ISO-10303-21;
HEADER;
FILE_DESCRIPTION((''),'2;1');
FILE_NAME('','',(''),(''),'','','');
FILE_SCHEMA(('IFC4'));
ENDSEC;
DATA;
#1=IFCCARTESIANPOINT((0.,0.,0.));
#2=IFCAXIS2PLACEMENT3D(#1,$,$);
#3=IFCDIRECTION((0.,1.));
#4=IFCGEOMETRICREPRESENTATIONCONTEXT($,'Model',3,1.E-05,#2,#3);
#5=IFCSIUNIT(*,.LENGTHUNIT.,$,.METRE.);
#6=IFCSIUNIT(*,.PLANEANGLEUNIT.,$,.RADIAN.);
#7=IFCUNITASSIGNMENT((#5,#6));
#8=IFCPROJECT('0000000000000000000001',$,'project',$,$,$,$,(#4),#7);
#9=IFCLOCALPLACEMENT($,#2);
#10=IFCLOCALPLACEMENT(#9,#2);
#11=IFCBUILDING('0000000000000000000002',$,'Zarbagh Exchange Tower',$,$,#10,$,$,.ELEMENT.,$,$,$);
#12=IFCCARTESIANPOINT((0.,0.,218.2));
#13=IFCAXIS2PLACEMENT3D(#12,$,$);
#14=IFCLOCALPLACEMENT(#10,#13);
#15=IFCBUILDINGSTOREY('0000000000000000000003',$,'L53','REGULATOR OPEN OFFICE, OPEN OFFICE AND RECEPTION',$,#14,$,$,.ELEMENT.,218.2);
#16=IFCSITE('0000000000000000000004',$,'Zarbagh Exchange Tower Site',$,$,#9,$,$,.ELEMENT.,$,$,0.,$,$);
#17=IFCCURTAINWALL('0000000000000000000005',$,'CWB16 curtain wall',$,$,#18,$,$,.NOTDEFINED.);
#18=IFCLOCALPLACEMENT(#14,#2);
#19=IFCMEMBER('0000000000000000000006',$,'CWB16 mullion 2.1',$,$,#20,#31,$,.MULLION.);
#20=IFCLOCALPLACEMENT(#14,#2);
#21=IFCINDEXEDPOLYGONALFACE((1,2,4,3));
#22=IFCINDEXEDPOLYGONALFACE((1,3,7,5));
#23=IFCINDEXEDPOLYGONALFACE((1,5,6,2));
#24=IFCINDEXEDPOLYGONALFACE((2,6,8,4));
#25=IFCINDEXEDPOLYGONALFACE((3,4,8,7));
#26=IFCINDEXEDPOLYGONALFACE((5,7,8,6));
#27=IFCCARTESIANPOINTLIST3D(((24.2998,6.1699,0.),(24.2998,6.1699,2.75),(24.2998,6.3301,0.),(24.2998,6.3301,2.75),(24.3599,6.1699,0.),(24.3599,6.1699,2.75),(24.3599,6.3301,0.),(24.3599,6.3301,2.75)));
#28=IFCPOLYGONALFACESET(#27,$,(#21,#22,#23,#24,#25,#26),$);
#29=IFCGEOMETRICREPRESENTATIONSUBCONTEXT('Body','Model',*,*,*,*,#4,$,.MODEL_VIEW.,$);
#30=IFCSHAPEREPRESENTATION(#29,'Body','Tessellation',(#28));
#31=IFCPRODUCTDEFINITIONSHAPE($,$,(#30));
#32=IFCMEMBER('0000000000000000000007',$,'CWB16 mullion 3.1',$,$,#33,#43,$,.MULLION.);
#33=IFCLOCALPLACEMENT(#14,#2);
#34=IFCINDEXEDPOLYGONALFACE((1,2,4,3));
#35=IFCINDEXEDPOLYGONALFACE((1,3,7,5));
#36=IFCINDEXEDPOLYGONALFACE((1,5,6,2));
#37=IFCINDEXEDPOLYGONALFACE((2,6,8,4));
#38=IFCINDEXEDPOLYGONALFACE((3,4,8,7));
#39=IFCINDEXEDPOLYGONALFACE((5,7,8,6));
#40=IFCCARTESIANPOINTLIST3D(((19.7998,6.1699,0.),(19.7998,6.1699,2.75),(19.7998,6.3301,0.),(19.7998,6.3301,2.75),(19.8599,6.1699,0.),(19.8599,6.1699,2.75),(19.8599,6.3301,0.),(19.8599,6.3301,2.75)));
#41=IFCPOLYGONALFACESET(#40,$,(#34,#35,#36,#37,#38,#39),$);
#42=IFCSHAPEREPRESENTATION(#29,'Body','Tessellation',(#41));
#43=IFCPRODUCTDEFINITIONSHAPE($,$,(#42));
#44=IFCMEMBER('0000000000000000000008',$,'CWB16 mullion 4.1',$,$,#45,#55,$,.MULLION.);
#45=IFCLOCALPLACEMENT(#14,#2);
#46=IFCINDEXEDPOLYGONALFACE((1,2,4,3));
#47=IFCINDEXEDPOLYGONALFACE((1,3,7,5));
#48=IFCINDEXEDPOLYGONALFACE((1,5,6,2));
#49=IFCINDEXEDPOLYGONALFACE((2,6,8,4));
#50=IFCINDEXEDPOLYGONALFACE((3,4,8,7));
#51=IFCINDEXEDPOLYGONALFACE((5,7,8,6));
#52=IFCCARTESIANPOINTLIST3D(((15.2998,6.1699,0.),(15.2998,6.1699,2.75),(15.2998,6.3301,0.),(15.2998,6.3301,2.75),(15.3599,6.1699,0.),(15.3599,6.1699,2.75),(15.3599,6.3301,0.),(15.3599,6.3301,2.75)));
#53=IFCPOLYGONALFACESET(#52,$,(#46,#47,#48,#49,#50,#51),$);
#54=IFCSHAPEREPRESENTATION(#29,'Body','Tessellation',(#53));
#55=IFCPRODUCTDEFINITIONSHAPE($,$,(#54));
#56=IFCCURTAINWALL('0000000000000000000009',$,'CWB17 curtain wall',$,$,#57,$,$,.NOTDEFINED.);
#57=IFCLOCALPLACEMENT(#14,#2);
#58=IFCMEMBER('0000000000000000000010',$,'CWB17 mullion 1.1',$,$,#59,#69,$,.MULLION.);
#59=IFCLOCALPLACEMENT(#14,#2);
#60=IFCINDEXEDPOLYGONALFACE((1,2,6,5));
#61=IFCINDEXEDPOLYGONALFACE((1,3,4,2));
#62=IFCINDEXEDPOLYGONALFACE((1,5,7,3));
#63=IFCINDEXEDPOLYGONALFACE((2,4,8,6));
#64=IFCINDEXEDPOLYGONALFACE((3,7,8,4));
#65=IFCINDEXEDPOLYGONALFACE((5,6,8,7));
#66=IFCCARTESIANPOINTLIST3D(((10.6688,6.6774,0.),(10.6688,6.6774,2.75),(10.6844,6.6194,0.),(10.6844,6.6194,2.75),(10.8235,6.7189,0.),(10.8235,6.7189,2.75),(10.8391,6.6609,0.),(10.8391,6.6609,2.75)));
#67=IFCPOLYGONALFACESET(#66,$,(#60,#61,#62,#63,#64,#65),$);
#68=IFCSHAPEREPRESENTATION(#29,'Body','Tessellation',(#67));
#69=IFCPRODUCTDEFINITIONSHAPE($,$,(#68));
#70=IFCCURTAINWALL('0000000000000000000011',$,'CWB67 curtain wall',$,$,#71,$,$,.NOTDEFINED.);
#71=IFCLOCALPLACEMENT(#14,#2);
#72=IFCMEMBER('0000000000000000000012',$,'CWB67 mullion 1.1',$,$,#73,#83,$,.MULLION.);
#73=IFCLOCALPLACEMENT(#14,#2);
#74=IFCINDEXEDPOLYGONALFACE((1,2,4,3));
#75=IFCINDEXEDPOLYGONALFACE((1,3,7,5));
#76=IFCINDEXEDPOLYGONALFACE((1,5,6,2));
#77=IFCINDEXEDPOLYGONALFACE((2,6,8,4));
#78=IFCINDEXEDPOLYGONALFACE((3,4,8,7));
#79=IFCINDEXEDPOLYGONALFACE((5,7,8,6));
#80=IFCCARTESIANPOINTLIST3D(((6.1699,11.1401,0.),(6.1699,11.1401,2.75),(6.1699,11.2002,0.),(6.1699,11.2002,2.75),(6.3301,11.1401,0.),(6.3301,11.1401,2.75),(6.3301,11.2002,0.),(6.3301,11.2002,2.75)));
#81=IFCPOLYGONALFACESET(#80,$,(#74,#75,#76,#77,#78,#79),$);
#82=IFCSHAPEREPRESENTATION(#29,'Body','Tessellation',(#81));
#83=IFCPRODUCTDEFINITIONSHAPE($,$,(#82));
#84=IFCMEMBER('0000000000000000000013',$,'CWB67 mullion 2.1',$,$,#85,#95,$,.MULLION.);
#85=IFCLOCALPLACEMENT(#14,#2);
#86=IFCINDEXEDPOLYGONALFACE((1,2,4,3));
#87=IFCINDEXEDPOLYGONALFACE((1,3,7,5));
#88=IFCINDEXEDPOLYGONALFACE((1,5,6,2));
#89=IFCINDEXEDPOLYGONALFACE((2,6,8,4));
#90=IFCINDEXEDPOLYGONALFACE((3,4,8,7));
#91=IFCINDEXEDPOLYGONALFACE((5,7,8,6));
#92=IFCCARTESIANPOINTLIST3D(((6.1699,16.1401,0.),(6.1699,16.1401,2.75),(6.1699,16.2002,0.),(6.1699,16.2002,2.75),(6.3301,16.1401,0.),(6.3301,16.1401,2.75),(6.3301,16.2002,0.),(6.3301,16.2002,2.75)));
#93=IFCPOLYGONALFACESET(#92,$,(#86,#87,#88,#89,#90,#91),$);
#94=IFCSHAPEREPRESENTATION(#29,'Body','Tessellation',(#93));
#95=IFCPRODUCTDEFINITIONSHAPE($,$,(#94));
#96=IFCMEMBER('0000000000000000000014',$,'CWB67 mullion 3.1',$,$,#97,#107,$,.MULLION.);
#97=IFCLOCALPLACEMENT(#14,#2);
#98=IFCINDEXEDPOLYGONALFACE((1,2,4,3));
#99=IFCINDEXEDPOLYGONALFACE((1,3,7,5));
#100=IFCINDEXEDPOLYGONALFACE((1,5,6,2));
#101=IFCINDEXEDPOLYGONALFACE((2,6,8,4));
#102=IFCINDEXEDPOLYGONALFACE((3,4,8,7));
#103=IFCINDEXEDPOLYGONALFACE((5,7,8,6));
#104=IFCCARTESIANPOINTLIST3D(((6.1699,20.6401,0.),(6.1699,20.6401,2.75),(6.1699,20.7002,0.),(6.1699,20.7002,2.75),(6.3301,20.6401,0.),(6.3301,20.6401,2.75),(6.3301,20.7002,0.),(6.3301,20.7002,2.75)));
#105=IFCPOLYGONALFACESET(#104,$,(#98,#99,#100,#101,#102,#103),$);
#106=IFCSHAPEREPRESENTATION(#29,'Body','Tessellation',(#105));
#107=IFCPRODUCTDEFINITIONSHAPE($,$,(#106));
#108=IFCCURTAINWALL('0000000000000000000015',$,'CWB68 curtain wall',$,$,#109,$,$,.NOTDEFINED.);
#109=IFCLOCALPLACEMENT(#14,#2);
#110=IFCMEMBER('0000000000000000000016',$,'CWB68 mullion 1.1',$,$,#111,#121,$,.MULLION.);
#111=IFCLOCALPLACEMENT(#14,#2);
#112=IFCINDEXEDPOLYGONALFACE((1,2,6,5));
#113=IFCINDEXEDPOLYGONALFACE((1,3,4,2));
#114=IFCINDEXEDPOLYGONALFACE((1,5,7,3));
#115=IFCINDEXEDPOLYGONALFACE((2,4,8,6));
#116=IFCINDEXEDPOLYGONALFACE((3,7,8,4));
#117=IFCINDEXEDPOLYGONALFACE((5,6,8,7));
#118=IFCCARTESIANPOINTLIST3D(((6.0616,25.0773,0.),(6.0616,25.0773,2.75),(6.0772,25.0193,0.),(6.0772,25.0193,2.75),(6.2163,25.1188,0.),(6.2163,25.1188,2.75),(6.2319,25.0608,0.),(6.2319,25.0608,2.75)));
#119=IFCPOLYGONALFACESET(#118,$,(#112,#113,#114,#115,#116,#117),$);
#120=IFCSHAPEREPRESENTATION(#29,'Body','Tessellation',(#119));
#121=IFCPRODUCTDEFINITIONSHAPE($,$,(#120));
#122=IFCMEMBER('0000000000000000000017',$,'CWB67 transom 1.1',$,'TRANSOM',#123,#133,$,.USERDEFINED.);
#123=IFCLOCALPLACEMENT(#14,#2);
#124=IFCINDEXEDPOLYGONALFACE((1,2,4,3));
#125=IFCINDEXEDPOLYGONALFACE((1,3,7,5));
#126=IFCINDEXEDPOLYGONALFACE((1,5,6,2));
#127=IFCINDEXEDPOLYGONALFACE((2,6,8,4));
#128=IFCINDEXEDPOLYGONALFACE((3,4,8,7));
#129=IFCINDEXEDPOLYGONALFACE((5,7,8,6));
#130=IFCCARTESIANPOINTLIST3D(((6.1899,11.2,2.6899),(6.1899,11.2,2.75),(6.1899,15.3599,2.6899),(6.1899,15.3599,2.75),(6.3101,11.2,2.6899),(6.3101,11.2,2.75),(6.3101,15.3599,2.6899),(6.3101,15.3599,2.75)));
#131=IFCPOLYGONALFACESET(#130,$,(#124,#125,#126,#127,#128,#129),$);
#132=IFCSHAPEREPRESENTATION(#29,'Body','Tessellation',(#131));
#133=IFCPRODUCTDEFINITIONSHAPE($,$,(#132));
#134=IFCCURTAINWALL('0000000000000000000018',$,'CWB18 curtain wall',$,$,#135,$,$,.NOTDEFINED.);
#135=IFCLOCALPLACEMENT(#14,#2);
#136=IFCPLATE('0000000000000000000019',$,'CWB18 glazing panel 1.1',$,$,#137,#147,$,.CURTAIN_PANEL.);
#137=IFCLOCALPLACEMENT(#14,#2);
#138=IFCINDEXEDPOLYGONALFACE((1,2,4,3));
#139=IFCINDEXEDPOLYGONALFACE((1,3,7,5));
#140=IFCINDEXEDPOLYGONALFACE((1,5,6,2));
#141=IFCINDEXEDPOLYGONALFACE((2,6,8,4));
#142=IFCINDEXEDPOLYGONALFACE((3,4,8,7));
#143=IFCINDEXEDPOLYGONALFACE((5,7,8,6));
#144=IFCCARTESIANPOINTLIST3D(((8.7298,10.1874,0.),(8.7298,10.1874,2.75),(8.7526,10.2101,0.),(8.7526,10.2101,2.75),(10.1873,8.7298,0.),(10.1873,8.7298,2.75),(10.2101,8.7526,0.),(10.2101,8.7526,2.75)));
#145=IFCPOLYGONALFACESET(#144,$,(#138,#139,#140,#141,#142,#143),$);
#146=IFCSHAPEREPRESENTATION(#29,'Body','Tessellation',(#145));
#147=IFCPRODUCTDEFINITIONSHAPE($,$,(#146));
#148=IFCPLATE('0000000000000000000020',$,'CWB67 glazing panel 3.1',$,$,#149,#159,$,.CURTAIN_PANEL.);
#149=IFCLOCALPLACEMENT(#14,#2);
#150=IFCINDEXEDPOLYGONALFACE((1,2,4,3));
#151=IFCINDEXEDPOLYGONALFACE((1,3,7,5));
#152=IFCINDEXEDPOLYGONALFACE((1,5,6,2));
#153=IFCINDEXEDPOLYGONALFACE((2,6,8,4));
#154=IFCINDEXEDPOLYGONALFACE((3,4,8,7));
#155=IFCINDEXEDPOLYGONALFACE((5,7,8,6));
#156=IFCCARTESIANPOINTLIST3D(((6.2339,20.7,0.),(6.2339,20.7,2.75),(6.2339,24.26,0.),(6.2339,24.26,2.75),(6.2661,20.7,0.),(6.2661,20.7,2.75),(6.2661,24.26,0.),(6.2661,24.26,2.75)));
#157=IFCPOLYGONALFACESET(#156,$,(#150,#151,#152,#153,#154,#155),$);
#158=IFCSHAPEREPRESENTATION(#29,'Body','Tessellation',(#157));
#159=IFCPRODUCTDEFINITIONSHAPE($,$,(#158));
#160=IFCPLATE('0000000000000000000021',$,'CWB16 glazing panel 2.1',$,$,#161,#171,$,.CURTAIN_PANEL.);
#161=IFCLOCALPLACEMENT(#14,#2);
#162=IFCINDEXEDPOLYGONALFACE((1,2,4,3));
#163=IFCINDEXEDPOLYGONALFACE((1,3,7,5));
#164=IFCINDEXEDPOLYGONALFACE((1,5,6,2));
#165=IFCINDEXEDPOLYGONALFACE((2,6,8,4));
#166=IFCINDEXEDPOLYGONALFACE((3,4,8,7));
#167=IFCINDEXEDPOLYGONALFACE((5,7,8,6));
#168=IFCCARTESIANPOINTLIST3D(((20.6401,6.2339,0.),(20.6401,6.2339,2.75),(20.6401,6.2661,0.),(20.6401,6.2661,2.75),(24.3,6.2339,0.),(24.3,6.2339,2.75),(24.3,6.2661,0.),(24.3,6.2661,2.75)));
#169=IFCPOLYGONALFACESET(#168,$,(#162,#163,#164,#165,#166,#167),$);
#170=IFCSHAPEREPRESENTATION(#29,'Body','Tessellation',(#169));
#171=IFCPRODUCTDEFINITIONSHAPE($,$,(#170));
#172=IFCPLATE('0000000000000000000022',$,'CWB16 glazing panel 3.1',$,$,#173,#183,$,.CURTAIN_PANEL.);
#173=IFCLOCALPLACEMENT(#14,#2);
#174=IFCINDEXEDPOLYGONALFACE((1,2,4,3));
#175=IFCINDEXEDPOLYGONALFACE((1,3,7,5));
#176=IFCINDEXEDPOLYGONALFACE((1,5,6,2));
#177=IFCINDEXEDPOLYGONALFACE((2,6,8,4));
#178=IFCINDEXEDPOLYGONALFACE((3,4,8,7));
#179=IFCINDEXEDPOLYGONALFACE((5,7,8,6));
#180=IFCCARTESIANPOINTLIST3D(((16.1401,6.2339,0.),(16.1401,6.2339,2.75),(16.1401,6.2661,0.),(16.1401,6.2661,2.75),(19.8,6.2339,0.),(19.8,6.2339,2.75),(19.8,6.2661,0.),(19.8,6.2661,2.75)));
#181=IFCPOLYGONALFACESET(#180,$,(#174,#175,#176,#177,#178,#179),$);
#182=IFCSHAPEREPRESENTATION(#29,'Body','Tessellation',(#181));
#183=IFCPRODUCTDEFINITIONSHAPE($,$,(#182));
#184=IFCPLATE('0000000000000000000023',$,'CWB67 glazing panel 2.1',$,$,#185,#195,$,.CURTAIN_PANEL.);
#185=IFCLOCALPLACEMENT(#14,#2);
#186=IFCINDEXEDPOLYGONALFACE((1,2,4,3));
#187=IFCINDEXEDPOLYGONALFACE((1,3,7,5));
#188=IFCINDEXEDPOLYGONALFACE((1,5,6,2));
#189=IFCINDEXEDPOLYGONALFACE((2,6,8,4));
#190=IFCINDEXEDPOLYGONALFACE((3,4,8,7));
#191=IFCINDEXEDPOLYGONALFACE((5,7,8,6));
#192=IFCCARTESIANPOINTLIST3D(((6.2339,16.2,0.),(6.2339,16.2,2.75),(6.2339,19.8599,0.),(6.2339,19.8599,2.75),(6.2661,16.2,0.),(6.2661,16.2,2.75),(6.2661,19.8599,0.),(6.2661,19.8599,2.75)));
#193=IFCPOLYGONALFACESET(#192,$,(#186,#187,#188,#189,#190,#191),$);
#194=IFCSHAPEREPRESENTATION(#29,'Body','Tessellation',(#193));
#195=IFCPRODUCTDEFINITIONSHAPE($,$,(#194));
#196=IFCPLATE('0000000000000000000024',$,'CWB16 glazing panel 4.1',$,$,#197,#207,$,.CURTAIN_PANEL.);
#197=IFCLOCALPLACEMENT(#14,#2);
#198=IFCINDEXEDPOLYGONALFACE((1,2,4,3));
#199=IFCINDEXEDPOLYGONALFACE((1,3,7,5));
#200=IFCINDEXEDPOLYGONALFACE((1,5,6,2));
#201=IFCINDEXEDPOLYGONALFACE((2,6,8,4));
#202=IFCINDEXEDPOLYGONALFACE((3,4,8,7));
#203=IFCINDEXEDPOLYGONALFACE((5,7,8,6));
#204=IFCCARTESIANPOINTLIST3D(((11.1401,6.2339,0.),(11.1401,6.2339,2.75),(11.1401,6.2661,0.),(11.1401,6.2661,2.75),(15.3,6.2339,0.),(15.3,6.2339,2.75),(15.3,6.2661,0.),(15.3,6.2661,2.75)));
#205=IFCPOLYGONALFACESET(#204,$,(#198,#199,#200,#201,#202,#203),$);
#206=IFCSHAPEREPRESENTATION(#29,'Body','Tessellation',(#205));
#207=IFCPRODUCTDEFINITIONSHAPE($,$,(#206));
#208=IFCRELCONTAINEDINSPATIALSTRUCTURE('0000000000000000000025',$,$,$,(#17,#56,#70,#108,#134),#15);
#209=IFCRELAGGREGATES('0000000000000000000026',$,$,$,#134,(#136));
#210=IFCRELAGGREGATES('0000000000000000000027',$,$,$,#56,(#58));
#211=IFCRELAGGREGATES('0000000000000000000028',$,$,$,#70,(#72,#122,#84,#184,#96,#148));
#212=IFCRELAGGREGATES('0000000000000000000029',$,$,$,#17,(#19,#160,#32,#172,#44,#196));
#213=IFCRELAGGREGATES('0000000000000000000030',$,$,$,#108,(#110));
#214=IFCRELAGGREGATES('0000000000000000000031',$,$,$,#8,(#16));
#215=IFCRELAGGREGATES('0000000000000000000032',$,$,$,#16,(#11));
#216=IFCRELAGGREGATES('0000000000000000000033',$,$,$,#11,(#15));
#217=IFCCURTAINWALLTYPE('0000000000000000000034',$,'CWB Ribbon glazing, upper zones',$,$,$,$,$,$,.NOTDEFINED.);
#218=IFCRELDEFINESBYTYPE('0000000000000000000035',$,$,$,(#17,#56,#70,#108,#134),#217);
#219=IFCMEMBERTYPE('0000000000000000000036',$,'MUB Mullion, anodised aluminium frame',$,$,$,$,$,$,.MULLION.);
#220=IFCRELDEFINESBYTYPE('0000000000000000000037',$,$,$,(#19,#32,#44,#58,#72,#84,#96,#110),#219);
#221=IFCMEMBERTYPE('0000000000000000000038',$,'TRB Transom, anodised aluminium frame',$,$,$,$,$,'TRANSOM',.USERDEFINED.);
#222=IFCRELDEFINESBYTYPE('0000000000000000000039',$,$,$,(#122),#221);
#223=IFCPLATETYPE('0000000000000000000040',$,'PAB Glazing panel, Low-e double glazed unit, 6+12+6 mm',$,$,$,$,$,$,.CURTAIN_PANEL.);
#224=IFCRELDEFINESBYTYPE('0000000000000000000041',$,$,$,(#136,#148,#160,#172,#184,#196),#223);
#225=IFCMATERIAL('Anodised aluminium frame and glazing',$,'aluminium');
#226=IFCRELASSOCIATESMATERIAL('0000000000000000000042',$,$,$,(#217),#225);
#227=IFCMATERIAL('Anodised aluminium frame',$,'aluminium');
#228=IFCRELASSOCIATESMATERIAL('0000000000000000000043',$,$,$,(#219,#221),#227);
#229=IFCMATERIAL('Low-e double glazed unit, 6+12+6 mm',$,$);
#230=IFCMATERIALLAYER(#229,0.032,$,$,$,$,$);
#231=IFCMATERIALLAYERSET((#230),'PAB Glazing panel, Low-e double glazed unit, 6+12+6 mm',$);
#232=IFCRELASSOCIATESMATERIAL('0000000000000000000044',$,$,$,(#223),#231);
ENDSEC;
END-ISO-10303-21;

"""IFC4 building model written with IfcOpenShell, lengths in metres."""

from ifc_helpers import new_model, si_unit, direction, frame, origin, place, context, subcontext, project, spatial, polyline, outline, extrude, source, transform, mapped, material, layer, layer_set, type_object, element, aggregate, save


model = new_model("IFC4")

# Units and contexts
model_context = context("Model", 3, precision=1e-05, world=origin(), true_north=direction((0.0, 1.0)))
body_context = subcontext(model_context, "Body", "Model", "MODEL_VIEW")
ifc_project = project(units=[si_unit("LENGTHUNIT", "METRE"), si_unit("PLANEANGLEUNIT", "RADIAN")], contexts=[model_context])

# Site, building, storey
site_placement = place(None, origin())
site = spatial("IfcSite", under=ifc_project, at=site_placement, Name="Zarbagh Exchange Tower Site", CompositionType="ELEMENT", RefElevation=0.0)
building_placement = place(site_placement, origin())
building = spatial("IfcBuilding", under=site, at=building_placement, Name="Zarbagh Exchange Tower", CompositionType="ELEMENT")
storey_placement = place(building_placement, frame((0.0, 0.0, 218.2)))
storey = spatial("IfcBuildingStorey", under=building, at=storey_placement, Name="L53", Description="REGULATOR OPEN OFFICE, OPEN OFFICE AND RECEPTION", CompositionType="ELEMENT", Elevation=218.2)

# Curtain wall, members
ifc_material_1 = material(Name="Anodised aluminium frame and glazing", Category="aluminium")
curtain_wall_type = type_object("IfcCurtainWallType", Name="CWB Ribbon glazing, upper zones", PredefinedType="NOTDEFINED", material=ifc_material_1)
curtain_wall_1_placement = place(storey_placement, origin())
curtain_wall_1 = element("IfcCurtainWall", 1, at=curtain_wall_1_placement, inside=storey, type_object=curtain_wall_type, Name="CWB16 curtain wall", PredefinedType="NOTDEFINED")
ifc_material_2 = material(Name="Anodised aluminium frame", Category="aluminium")
member_type_1 = type_object("IfcMemberType", Name="MUB Mullion, anodised aluminium frame", PredefinedType="MULLION", material=ifc_material_2)
shared_shape_1 = source(origin(), body_context, "Body", "SweptSolid", [
    extrude(outline(polyline([(0.0, -0.0801), (0.0601, -0.0801), (0.0601, 0.0801), (0.0, 0.0801), (0.0, -0.0801)])), origin(), (0.0, 0.0, 1.0), 2.75),
])
placement = place(storey_placement, origin())
member_1 = element("IfcMember", 2, at=placement, type_object=member_type_1, Name="CWB16 mullion 2.1", PredefinedType="MULLION", context=body_context, shape_type="MappedRepresentation", body=[
    mapped(shared_shape_1, transform((24.3599, 6.25, 0.0), x_axis=(-1.0, 0.0, 0.0), y_axis=(0.0, -1.0, 0.0), z_axis=(0.0, 0.0, 1.0))),
])
member_2 = element("IfcMember", 3, at=placement, type_object=member_type_1, Name="CWB16 mullion 3.1", PredefinedType="MULLION", context=body_context, shape_type="MappedRepresentation", body=[
    mapped(shared_shape_1, transform((19.8599, 6.25, 0.0), x_axis=(-1.0, 0.0, 0.0), y_axis=(0.0, -1.0, 0.0), z_axis=(0.0, 0.0, 1.0))),
])
member_3 = element("IfcMember", 4, at=placement, type_object=member_type_1, Name="CWB16 mullion 4.1", PredefinedType="MULLION", context=body_context, shape_type="MappedRepresentation", body=[
    mapped(shared_shape_1, transform((15.3599, 6.25, 0.0), x_axis=(-1.0, 0.0, 0.0), y_axis=(0.0, -1.0, 0.0), z_axis=(0.0, 0.0, 1.0))),
])

# Curtain wall, member
curtain_wall_2_placement = place(storey_placement, origin())
curtain_wall_2 = element("IfcCurtainWall", 5, at=curtain_wall_2_placement, inside=storey, type_object=curtain_wall_type, Name="CWB17 curtain wall", PredefinedType="NOTDEFINED")
member_4 = element("IfcMember", 6, at=placement, type_object=member_type_1, Name="CWB17 mullion 1.1", PredefinedType="MULLION", context=body_context, shape_type="MappedRepresentation", body=[
    mapped(shared_shape_1, transform((10.7617, 6.6401, 0.0), x_axis=(-0.258825, 0.965924, 0.0), y_axis=(-0.965924, -0.258825, 0.0), z_axis=(0.0, 0.0, 1.0))),
])

# Curtain wall, members
curtain_wall_3_placement = place(storey_placement, origin())
curtain_wall_3 = element("IfcCurtainWall", 7, at=curtain_wall_3_placement, inside=storey, type_object=curtain_wall_type, Name="CWB67 curtain wall", PredefinedType="NOTDEFINED")
member_5 = element("IfcMember", 8, at=placement, type_object=member_type_1, Name="CWB67 mullion 1.1", PredefinedType="MULLION", context=body_context, shape_type="MappedRepresentation", body=[
    mapped(shared_shape_1, transform((6.25, 11.1401, 0.0), x_axis=(0.0, 1.0, 0.0), y_axis=(-1.0, 0.0, 0.0), z_axis=(0.0, 0.0, 1.0))),
])
member_6 = element("IfcMember", 9, at=placement, type_object=member_type_1, Name="CWB67 mullion 2.1", PredefinedType="MULLION", context=body_context, shape_type="MappedRepresentation", body=[
    mapped(shared_shape_1, transform((6.25, 16.1401, 0.0), x_axis=(0.0, 1.0, 0.0), y_axis=(-1.0, 0.0, 0.0), z_axis=(0.0, 0.0, 1.0))),
])
member_7 = element("IfcMember", 10, at=placement, type_object=member_type_1, Name="CWB67 mullion 3.1", PredefinedType="MULLION", context=body_context, shape_type="MappedRepresentation", body=[
    mapped(shared_shape_1, transform((6.25, 20.6401, 0.0), x_axis=(0.0, 1.0, 0.0), y_axis=(-1.0, 0.0, 0.0), z_axis=(0.0, 0.0, 1.0))),
])

# Curtain wall, member
curtain_wall_4_placement = place(storey_placement, origin())
curtain_wall_4 = element("IfcCurtainWall", 11, at=curtain_wall_4_placement, inside=storey, type_object=curtain_wall_type, Name="CWB68 curtain wall", PredefinedType="NOTDEFINED")
member_8 = element("IfcMember", 12, at=placement, type_object=member_type_1, Name="CWB68 mullion 1.1", PredefinedType="MULLION", context=body_context, shape_type="MappedRepresentation", body=[
    mapped(shared_shape_1, transform((6.1545, 25.04, 0.0), x_axis=(-0.258825, 0.965924, 0.0), y_axis=(-0.965924, -0.258825, 0.0), z_axis=(0.0, 0.0, 1.0))),
])

# Member
member_type_2 = type_object("IfcMemberType", Name="TRB Transom, anodised aluminium frame", ElementType="TRANSOM", PredefinedType="USERDEFINED", material=ifc_material_2)
shared_shape_2 = source(origin(), body_context, "Body", "SweptSolid", [
    extrude(outline(polyline([(-0.0601, -0.0601), (0.0, -0.0601), (0.0, 0.0601), (-0.0601, 0.0601), (-0.0601, -0.0601)])), origin(), (0.0, 0.0, 1.0), 4.1599),
])
member_9 = element("IfcMember", 13, at=placement, type_object=member_type_2, Name="CWB67 transom 1.1", ObjectType="TRANSOM", PredefinedType="USERDEFINED", context=body_context, shape_type="MappedRepresentation", body=[
    mapped(shared_shape_2, transform((6.25, 11.2, 2.75), x_axis=(0.0, 0.0, 1.0), y_axis=(1.0, 0.0, 0.0), z_axis=(0.0, 1.0, 0.0))),
])

# Curtain wall, plate
curtain_wall_5_placement = place(storey_placement, origin())
curtain_wall_5 = element("IfcCurtainWall", 14, at=curtain_wall_5_placement, inside=storey, type_object=curtain_wall_type, Name="CWB18 curtain wall", PredefinedType="NOTDEFINED")
ifc_material_3 = material(Name="Low-e double glazed unit, 6+12+6 mm")
ifc_layer = layer(ifc_material_3, 0.032)
ifc_layer_set = layer_set([ifc_layer], Name="PAB Glazing panel, Low-e double glazed unit, 6+12+6 mm")
plate_type = type_object("IfcPlateType", Name="PAB Glazing panel, Low-e double glazed unit, 6+12+6 mm", PredefinedType="CURTAIN_PANEL", material=ifc_layer_set)
shared_shape_3 = source(origin(), body_context, "Body", "SweptSolid", [
    extrude(outline(polyline([(0.0, -0.0161), (2.0613, -0.0161), (2.0613, 0.0161), (0.0, 0.0161), (0.0, -0.0161)])), origin(), (0.0, 0.0, 1.0), 2.75),
])
plate_1 = element("IfcPlate", 15, at=placement, type_object=plate_type, Name="CWB18 glazing panel 1.1", PredefinedType="CURTAIN_PANEL", context=body_context, shape_type="MappedRepresentation", body=[
    mapped(shared_shape_3, transform((10.1987, 8.7412, 0.0), x_axis=(-0.707107, 0.707107, 0.0), y_axis=(-0.707107, -0.707107, 0.0), z_axis=(0.0, 0.0, 1.0))),
])
aggregate(curtain_wall_5, [plate_1])

# Plates
shared_shape_4 = source(origin(), body_context, "Body", "SweptSolid", [
    extrude(outline(polyline([(0.0, -0.0161), (3.5601, -0.0161), (3.5601, 0.0161), (0.0, 0.0161), (0.0, -0.0161)])), origin(), (0.0, 0.0, 1.0), 2.75),
])
plate_2 = element("IfcPlate", 16, at=placement, type_object=plate_type, Name="CWB67 glazing panel 3.1", PredefinedType="CURTAIN_PANEL", context=body_context, shape_type="MappedRepresentation", body=[
    mapped(shared_shape_4, transform((6.25, 20.7, 0.0), x_axis=(0.0, 1.0, 0.0), y_axis=(-1.0, 0.0, 0.0), z_axis=(0.0, 0.0, 1.0))),
])
shared_shape_5 = source(origin(), body_context, "Body", "SweptSolid", [
    extrude(outline(polyline([(0.0, -0.0161), (3.6599, -0.0161), (3.6599, 0.0161), (0.0, 0.0161), (0.0, -0.0161)])), origin(), (0.0, 0.0, 1.0), 2.75),
])
plate_3 = element("IfcPlate", 17, at=placement, type_object=plate_type, Name="CWB16 glazing panel 2.1", PredefinedType="CURTAIN_PANEL", context=body_context, shape_type="MappedRepresentation", body=[
    mapped(shared_shape_5, transform((24.3, 6.25, 0.0), x_axis=(-1.0, 0.0, 0.0), y_axis=(0.0, -1.0, 0.0), z_axis=(0.0, 0.0, 1.0))),
])
plate_4 = element("IfcPlate", 18, at=placement, type_object=plate_type, Name="CWB16 glazing panel 3.1", PredefinedType="CURTAIN_PANEL", context=body_context, shape_type="MappedRepresentation", body=[
    mapped(shared_shape_5, transform((19.8, 6.25, 0.0), x_axis=(-1.0, 0.0, 0.0), y_axis=(0.0, -1.0, 0.0), z_axis=(0.0, 0.0, 1.0))),
])
plate_5 = element("IfcPlate", 19, at=placement, type_object=plate_type, Name="CWB67 glazing panel 2.1", PredefinedType="CURTAIN_PANEL", context=body_context, shape_type="MappedRepresentation", body=[
    mapped(shared_shape_5, transform((6.25, 16.2, 0.0), x_axis=(0.0, 1.0, 0.0), y_axis=(-1.0, 0.0, 0.0), z_axis=(0.0, 0.0, 1.0))),
])
shared_shape_6 = source(origin(), body_context, "Body", "SweptSolid", [
    extrude(outline(polyline([(0.0, -0.0161), (4.1599, -0.0161), (4.1599, 0.0161), (0.0, 0.0161), (0.0, -0.0161)])), origin(), (0.0, 0.0, 1.0), 2.75),
])
plate_6 = element("IfcPlate", 20, at=placement, type_object=plate_type, Name="CWB16 glazing panel 4.1", PredefinedType="CURTAIN_PANEL", context=body_context, shape_type="MappedRepresentation", body=[
    mapped(shared_shape_6, transform((15.3, 6.25, 0.0), x_axis=(-1.0, 0.0, 0.0), y_axis=(0.0, -1.0, 0.0), z_axis=(0.0, 0.0, 1.0))),
])
aggregate(curtain_wall_2, [member_4])

aggregate(curtain_wall_3, [member_5, member_9, member_6, plate_5, member_7, plate_2])
aggregate(curtain_wall_1, [member_1, plate_3, member_2, plate_4, member_3, plate_6])
aggregate(curtain_wall_4, [member_8])

save(model, "model.ifc")
